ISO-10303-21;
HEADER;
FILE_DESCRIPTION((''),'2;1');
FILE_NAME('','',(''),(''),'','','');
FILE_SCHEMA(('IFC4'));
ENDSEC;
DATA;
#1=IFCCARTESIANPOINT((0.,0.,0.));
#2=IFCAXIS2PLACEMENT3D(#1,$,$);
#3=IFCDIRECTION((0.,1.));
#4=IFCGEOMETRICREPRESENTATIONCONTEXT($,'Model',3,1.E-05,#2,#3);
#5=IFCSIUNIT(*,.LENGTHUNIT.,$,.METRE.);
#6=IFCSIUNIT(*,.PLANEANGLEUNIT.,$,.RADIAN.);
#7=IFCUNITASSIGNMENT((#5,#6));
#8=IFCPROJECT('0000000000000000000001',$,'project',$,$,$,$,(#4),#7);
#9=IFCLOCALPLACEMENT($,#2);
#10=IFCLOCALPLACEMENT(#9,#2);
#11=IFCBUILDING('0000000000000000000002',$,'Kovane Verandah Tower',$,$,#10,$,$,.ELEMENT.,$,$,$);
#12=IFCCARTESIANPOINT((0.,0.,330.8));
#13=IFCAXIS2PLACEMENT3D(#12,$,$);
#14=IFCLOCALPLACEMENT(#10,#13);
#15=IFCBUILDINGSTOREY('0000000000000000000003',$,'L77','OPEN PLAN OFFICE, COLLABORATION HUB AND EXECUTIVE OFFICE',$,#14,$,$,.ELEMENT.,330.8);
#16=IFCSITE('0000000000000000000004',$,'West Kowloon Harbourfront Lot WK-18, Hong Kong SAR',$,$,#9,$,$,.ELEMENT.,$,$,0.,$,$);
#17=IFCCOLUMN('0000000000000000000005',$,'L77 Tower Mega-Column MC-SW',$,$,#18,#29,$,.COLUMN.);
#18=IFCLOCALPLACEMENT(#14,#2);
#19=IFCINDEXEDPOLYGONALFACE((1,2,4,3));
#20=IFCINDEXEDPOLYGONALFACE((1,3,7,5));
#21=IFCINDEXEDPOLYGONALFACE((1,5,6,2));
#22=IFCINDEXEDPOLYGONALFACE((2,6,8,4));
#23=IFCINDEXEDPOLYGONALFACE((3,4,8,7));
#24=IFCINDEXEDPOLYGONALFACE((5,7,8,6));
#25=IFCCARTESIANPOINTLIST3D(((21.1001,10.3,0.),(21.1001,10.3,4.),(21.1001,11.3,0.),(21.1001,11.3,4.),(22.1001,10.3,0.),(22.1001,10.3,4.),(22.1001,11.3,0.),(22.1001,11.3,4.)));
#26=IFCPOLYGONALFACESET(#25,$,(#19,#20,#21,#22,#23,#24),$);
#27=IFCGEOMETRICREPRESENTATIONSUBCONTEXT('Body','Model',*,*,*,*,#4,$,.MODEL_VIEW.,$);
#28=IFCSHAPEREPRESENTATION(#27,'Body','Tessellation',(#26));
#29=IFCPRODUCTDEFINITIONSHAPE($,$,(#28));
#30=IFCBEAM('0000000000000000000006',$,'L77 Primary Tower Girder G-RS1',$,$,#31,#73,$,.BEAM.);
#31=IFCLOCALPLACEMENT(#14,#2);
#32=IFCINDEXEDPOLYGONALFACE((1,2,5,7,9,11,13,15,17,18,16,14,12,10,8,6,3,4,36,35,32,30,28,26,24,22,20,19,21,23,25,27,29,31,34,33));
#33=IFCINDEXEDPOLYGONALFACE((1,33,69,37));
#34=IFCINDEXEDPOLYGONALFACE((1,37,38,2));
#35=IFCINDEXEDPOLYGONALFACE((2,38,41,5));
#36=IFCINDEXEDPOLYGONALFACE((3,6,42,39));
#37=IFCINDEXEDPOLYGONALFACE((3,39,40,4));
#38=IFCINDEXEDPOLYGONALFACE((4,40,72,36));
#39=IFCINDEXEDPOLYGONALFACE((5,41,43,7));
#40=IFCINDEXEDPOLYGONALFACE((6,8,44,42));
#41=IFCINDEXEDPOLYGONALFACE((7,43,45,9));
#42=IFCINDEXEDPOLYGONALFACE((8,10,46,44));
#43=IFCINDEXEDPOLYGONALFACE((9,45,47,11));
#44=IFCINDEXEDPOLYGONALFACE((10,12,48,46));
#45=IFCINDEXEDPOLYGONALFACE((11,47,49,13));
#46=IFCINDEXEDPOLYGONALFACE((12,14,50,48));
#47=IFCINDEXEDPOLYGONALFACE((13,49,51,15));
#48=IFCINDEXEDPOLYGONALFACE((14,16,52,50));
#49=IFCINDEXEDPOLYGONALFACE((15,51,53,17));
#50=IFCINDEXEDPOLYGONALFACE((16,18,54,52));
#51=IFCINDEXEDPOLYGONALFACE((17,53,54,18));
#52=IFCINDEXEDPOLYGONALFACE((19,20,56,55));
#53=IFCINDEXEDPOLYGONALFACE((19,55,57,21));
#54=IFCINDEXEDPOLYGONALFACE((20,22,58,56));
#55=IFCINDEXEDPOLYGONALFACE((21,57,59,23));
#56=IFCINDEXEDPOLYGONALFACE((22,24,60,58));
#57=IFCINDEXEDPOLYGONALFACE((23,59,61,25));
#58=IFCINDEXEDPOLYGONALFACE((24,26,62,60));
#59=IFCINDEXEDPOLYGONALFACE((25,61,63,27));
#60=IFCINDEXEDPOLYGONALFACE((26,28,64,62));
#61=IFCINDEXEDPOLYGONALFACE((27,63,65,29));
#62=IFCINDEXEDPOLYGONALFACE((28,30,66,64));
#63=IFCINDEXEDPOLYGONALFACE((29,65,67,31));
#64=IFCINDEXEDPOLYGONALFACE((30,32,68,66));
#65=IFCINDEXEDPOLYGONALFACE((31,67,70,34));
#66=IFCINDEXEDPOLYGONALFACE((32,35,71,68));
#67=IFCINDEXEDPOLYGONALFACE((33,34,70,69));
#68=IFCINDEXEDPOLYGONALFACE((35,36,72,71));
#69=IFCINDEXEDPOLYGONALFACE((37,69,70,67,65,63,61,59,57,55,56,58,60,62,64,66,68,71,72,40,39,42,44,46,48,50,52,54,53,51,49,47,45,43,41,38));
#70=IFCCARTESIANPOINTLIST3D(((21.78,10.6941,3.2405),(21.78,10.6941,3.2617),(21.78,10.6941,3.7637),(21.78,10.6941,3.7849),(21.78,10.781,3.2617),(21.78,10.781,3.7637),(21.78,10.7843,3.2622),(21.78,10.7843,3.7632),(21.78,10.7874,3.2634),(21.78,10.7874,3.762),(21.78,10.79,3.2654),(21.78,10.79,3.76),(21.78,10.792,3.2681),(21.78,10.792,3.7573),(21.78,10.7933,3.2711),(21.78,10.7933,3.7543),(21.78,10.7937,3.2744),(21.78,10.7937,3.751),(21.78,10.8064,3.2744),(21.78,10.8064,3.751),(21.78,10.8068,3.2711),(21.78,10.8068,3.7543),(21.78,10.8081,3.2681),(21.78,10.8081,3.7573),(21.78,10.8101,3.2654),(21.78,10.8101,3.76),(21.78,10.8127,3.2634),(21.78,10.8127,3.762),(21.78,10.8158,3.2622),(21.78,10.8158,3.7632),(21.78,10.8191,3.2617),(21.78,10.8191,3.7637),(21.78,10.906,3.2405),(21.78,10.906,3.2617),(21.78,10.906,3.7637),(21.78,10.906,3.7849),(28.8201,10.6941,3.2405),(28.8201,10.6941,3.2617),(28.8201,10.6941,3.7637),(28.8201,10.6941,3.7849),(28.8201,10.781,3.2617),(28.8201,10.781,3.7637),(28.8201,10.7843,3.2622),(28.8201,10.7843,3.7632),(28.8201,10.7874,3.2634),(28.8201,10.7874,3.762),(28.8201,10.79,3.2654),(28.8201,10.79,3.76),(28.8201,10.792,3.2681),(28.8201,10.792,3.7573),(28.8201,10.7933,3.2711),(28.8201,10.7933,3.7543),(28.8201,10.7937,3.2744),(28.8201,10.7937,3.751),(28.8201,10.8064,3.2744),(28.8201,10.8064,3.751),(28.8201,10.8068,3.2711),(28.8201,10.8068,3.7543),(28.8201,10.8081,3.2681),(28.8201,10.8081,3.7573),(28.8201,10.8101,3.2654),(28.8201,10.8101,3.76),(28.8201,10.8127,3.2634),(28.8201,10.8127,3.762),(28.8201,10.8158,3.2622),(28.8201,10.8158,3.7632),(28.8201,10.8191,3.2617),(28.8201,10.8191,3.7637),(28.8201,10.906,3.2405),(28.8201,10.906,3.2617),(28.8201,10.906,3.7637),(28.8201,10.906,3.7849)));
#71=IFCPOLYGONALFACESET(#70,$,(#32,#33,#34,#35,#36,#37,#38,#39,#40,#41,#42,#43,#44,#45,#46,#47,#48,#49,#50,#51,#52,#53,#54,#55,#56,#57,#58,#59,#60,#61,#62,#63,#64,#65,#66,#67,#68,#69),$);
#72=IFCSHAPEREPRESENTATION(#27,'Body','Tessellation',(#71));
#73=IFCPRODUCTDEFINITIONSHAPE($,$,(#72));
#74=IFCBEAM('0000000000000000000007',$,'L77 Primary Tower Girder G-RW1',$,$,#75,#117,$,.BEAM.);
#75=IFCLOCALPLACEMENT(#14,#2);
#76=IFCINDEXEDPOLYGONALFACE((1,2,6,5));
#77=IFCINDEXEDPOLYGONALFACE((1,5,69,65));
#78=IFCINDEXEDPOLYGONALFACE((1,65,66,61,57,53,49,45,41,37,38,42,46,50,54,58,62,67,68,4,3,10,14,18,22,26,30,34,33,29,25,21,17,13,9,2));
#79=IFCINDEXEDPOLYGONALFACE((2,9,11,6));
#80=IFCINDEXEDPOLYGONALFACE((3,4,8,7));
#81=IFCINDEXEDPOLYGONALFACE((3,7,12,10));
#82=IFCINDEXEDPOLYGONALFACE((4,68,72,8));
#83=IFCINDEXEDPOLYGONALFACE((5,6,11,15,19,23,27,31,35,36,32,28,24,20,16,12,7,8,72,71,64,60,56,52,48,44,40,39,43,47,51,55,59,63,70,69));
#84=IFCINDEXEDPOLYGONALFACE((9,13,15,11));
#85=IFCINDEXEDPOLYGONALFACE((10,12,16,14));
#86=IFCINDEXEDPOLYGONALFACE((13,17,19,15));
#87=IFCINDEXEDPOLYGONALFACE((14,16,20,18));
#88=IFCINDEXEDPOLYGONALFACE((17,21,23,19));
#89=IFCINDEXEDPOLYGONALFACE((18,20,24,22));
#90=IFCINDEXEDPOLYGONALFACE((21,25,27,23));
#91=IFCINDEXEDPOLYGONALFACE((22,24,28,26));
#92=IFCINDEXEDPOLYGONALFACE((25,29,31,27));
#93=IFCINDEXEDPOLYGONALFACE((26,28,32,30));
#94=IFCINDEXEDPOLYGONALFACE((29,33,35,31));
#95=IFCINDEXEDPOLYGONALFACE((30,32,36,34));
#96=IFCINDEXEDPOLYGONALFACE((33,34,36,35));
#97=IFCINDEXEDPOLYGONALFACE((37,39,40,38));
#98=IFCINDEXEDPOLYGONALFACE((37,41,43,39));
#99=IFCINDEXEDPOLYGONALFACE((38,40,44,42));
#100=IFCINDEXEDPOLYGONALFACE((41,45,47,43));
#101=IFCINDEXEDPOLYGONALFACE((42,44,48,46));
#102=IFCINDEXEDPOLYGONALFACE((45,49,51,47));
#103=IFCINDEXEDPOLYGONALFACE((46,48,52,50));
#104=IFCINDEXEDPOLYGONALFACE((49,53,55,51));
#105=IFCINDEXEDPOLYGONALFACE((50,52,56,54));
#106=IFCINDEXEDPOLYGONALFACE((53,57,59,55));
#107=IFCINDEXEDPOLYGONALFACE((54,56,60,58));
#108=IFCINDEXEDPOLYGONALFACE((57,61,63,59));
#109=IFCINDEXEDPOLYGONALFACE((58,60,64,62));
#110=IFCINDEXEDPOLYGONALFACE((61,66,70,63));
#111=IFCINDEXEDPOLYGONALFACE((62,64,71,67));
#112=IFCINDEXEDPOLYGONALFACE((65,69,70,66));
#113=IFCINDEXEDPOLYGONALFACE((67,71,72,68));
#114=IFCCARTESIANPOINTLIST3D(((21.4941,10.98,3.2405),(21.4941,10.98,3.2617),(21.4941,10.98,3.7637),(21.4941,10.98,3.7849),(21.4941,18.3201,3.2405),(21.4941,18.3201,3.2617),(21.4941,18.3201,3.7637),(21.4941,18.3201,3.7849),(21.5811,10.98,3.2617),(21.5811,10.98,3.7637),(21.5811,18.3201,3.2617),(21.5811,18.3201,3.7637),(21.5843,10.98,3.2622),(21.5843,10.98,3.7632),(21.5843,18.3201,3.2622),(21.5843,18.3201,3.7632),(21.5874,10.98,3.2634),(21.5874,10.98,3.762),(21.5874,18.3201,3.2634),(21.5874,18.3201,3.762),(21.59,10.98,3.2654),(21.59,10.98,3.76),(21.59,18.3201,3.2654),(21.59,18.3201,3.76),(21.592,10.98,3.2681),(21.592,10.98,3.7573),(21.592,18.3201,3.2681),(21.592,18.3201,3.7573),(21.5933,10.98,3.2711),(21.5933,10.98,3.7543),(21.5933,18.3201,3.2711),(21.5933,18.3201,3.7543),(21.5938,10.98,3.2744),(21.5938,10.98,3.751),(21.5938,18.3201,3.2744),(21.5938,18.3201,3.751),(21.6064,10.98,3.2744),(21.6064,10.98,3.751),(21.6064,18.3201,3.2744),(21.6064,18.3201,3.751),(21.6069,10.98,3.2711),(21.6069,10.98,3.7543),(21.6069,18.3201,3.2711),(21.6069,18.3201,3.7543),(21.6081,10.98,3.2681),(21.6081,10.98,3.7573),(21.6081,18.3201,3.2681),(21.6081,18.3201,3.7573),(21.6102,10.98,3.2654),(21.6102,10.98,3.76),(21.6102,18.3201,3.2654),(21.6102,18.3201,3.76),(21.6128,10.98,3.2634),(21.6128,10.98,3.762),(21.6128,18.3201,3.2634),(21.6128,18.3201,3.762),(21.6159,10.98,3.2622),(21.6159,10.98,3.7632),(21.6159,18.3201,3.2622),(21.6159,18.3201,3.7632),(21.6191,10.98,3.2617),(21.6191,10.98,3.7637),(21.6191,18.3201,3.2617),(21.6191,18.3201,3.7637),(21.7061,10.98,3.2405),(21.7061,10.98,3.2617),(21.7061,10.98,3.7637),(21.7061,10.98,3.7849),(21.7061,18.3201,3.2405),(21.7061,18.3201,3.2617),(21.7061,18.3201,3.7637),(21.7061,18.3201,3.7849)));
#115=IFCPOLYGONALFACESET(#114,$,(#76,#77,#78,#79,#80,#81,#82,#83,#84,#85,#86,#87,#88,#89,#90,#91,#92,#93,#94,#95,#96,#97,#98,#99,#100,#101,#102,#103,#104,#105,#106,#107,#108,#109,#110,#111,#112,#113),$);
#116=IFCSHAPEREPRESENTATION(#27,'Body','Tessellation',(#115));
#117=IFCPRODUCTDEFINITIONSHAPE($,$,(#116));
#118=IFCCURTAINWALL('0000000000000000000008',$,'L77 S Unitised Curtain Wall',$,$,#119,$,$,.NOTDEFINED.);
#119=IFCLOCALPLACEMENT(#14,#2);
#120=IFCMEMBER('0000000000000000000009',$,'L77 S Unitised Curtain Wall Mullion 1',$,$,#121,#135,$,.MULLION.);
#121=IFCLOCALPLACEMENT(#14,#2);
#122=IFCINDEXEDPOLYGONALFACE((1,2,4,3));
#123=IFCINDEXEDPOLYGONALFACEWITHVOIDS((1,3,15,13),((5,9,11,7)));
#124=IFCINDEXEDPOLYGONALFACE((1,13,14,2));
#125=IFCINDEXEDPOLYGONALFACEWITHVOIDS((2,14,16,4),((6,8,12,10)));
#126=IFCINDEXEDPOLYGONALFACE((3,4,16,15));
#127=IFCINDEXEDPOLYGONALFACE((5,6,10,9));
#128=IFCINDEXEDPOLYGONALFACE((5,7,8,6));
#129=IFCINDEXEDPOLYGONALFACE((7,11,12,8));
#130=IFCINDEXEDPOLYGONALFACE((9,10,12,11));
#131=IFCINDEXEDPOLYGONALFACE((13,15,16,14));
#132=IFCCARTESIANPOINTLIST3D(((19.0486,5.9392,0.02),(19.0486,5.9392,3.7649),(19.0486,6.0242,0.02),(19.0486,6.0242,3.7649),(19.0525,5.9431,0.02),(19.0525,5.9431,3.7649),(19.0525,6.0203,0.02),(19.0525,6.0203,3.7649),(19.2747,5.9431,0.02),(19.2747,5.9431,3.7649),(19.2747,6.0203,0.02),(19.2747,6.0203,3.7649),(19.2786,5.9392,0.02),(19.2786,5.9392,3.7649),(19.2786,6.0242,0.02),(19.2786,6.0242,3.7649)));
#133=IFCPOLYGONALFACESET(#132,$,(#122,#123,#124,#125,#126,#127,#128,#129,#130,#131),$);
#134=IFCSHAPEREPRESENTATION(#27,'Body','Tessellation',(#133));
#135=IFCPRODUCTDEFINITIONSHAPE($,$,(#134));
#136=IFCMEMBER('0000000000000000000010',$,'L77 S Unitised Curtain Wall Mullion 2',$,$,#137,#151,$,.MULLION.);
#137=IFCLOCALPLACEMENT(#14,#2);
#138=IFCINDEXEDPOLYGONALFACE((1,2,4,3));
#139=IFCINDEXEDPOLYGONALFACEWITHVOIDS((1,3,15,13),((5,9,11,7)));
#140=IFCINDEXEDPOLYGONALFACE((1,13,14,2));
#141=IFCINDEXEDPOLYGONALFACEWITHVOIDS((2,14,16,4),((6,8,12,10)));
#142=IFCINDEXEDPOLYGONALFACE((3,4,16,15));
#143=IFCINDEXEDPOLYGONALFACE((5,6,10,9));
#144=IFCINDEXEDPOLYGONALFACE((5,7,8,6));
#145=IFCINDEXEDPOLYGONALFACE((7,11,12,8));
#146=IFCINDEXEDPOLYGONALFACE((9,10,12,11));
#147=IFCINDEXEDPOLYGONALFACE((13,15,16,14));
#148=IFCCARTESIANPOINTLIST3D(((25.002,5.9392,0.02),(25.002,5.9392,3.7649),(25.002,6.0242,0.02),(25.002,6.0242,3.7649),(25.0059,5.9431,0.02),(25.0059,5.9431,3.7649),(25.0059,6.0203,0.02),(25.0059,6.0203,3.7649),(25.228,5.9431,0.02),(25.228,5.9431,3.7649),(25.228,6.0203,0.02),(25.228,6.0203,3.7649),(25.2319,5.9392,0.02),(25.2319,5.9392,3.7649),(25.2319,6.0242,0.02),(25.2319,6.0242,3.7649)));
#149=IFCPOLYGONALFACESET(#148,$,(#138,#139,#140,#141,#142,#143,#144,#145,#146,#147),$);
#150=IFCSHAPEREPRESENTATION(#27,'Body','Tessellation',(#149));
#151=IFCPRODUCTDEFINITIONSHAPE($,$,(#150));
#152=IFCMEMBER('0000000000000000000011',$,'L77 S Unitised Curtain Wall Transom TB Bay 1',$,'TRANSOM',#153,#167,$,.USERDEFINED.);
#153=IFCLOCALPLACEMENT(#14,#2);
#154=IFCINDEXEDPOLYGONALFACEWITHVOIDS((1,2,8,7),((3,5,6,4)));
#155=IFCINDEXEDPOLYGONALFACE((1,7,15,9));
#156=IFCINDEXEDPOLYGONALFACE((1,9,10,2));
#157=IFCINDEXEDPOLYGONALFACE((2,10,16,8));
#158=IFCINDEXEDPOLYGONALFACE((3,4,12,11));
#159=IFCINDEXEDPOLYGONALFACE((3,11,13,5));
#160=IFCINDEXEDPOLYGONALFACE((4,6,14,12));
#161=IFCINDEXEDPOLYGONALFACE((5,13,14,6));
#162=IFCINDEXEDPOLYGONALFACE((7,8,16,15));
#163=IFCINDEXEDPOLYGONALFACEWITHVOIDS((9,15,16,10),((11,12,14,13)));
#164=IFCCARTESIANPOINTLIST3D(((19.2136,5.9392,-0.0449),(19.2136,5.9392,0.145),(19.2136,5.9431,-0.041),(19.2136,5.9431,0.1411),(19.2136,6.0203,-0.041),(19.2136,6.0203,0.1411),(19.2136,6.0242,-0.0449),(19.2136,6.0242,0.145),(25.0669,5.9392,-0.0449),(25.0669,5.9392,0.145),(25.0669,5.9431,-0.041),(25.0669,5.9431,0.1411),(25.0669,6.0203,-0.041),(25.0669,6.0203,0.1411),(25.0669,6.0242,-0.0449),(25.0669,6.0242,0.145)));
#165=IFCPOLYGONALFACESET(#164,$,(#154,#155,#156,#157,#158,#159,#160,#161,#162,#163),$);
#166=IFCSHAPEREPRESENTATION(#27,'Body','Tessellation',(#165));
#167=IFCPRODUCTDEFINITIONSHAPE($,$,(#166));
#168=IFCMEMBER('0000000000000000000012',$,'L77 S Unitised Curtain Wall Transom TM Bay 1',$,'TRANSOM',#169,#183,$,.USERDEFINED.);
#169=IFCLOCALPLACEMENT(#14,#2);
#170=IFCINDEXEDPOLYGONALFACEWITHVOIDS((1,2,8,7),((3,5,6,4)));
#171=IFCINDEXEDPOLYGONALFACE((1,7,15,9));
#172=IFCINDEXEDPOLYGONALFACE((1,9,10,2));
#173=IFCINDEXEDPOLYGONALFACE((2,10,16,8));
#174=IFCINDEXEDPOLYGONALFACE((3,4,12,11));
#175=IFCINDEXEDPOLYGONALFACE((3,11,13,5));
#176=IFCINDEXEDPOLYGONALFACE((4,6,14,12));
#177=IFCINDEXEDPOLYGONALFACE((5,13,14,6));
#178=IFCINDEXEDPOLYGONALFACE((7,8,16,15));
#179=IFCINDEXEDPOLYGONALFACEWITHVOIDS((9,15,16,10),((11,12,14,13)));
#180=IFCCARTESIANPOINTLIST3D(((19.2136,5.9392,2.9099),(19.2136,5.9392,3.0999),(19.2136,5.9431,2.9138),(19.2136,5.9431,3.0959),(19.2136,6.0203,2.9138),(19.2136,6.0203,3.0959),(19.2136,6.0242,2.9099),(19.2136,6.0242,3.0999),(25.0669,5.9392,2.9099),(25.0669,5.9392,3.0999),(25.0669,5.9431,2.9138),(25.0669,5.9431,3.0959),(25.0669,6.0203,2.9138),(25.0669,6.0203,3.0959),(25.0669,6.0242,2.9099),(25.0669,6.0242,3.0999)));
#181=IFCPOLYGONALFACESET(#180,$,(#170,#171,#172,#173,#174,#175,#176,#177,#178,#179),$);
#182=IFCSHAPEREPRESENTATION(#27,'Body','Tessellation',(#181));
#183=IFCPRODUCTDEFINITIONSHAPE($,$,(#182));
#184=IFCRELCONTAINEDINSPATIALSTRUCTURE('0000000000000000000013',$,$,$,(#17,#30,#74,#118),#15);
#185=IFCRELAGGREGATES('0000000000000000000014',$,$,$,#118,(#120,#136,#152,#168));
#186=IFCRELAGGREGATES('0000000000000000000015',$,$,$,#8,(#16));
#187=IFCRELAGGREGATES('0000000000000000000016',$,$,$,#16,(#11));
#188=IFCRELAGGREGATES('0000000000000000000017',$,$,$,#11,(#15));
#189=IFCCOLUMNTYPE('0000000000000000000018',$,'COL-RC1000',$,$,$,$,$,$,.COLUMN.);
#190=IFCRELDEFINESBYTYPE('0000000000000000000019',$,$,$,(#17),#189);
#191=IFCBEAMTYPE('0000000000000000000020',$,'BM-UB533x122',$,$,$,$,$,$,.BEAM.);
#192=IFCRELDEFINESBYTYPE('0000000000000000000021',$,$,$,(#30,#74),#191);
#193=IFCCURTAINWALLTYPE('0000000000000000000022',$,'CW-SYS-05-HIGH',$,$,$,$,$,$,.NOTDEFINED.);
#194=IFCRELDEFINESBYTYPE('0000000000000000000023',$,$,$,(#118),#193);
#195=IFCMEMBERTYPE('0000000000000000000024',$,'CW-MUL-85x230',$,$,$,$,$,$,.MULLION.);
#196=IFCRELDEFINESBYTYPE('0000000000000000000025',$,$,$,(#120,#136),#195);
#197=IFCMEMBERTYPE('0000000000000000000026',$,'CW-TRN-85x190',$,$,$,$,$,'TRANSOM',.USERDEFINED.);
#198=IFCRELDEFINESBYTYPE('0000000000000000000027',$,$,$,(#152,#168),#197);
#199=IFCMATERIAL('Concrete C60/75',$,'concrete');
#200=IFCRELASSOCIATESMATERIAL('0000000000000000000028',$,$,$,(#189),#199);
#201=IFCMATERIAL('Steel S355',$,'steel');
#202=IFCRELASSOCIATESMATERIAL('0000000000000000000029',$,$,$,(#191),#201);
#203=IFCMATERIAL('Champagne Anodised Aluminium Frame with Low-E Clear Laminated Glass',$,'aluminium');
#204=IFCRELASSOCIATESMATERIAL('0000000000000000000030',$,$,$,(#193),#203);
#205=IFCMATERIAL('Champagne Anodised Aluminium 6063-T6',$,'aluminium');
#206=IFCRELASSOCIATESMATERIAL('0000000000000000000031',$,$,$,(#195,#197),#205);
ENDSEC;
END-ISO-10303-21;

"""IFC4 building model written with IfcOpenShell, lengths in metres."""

from ifc_helpers import new_model, si_unit, direction, frame, origin, origin_2d, place, context, subcontext, project, spatial, rectangle, hollow_rectangle, i_section, extrude, material, material_profile, profile_set, type_object, element, aggregate, save


model = new_model("IFC4")

# Units and contexts
model_context = context("Model", 3, precision=1e-05, world=origin(), true_north=direction((0.0, 1.0)))
body_context = subcontext(model_context, "Body", "Model", "MODEL_VIEW")
ifc_project = project(units=[si_unit("LENGTHUNIT", "METRE"), si_unit("PLANEANGLEUNIT", "RADIAN")], contexts=[model_context])

# Site, building, storey
site_placement = place(None, origin())
site = spatial("IfcSite", under=ifc_project, at=site_placement, Name="West Kowloon Harbourfront Lot WK-18, Hong Kong SAR", CompositionType="ELEMENT", RefElevation=0.0)
building_placement = place(site_placement, origin())
building = spatial("IfcBuilding", under=site, at=building_placement, Name="Kovane Verandah Tower", CompositionType="ELEMENT")
storey_placement = place(building_placement, frame((0.0, 0.0, 330.8)))
storey = spatial("IfcBuildingStorey", under=building, at=storey_placement, Name="L77", Description="OPEN PLAN OFFICE, COLLABORATION HUB AND EXECUTIVE OFFICE", CompositionType="ELEMENT", Elevation=330.8)

# Column
ifc_material_1 = material(Name="Concrete C60/75", Category="concrete")
ifc_material_profile_1 = material_profile(ifc_material_1, rectangle(XDim=1.0, YDim=1.0, at=origin_2d()), Name="RC1000x1000")
ifc_profile_set_1 = profile_set([ifc_material_profile_1], Name="Concrete C60/75")
column_type = type_object("IfcColumnType", Name="COL-RC1000", PredefinedType="COLUMN", material=ifc_profile_set_1)
column_placement = place(storey_placement, frame((21.6001, 10.8, 0.0), z_axis=(0.0, 0.0, 1.0), x_axis=(1.0, 0.0, 0.0)))
element("IfcColumn", 1, at=column_placement, inside=storey, type_object=column_type, Name="L77 Tower Mega-Column MC-SW", PredefinedType="COLUMN", context=body_context, shape_type="SweptSolid", body=[
    extrude(rectangle(XDim=1.0, YDim=1.0, at=origin_2d()), origin(), (0.0, 0.0, 1.0), 4.0),
])

# Beams
ifc_material_2 = material(Name="Steel S355", Category="steel")
ifc_material_profile_2 = material_profile(ifc_material_2, i_section(OverallWidth=0.2119, OverallDepth=0.5444, WebThickness=0.0127, FlangeThickness=0.0212, FilletRadius=0.0127, at=origin_2d()), Name="UB533x210x122")
ifc_profile_set_2 = profile_set([ifc_material_profile_2], Name="Steel S355")
beam_type = type_object("IfcBeamType", Name="BM-UB533x122", PredefinedType="BEAM", material=ifc_profile_set_2)
beam_1_placement = place(storey_placement, frame((21.78, 10.8, 3.5127), z_axis=(1.0, 0.0, 0.0), x_axis=(0.0, 1.0, 0.0)))
element("IfcBeam", 2, at=beam_1_placement, inside=storey, type_object=beam_type, Name="L77 Primary Tower Girder G-RS1", PredefinedType="BEAM", context=body_context, shape_type="SweptSolid", body=[
    extrude(i_section(OverallWidth=0.2119, OverallDepth=0.5444, WebThickness=0.0127, FlangeThickness=0.0212, FilletRadius=0.0127, at=origin_2d()), origin(), (0.0, 0.0, 1.0), 7.04),
])
beam_2_placement = place(storey_placement, frame((21.6001, 10.98, 3.5127), z_axis=(0.0, 1.0, 0.0), x_axis=(-1.0, 0.0, 0.0)))
element("IfcBeam", 3, at=beam_2_placement, inside=storey, type_object=beam_type, Name="L77 Primary Tower Girder G-RW1", PredefinedType="BEAM", context=body_context, shape_type="SweptSolid", body=[
    extrude(i_section(OverallWidth=0.2119, OverallDepth=0.5444, WebThickness=0.0127, FlangeThickness=0.0212, FilletRadius=0.0127, at=origin_2d()), origin(), (0.0, 0.0, 1.0), 7.3401),
])

# Curtain wall, members
ifc_material_3 = material(Name="Champagne Anodised Aluminium Frame with Low-E Clear Laminated Glass", Category="aluminium")
curtain_wall_type = type_object("IfcCurtainWallType", Name="CW-SYS-05-HIGH", PredefinedType="NOTDEFINED", material=ifc_material_3)
curtain_wall_placement = place(storey_placement, origin())
curtain_wall = element("IfcCurtainWall", 4, at=curtain_wall_placement, inside=storey, type_object=curtain_wall_type, Name="L77 S Unitised Curtain Wall", PredefinedType="NOTDEFINED")
ifc_material_4 = material(Name="Champagne Anodised Aluminium 6063-T6", Category="aluminium")
ifc_material_profile_3 = material_profile(ifc_material_4, hollow_rectangle(XDim=0.085, YDim=0.23, WallThickness=0.0039, at=origin_2d()), Name="AL85x230x4")
ifc_profile_set_3 = profile_set([ifc_material_profile_3], Name="Champagne Anodised Aluminium 6063-T6")
member_type_1 = type_object("IfcMemberType", Name="CW-MUL-85x230", PredefinedType="MULLION", material=ifc_profile_set_3)
member_1_placement = place(storey_placement, frame((19.1636, 5.9817, 0.02), z_axis=(0.0, 0.0, 1.0), x_axis=(0.0, -1.0, 0.0)))
member_1 = element("IfcMember", 5, at=member_1_placement, type_object=member_type_1, Name="L77 S Unitised Curtain Wall Mullion 1", PredefinedType="MULLION", context=body_context, shape_type="SweptSolid", body=[
    extrude(hollow_rectangle(XDim=0.085, YDim=0.23, WallThickness=0.0039, at=origin_2d()), origin(), (0.0, 0.0, 1.0), 3.7449),
])
member_2_placement = place(storey_placement, frame((25.1169, 5.9817, 0.02), z_axis=(0.0, 0.0, 1.0), x_axis=(0.0, -1.0, 0.0)))
member_2 = element("IfcMember", 6, at=member_2_placement, type_object=member_type_1, Name="L77 S Unitised Curtain Wall Mullion 2", PredefinedType="MULLION", context=body_context, shape_type="SweptSolid", body=[
    extrude(hollow_rectangle(XDim=0.085, YDim=0.23, WallThickness=0.0039, at=origin_2d()), origin(), (0.0, 0.0, 1.0), 3.7449),
])
ifc_material_profile_4 = material_profile(ifc_material_4, hollow_rectangle(XDim=0.085, YDim=0.1899, WallThickness=0.0039, at=origin_2d()), Name="AL85x190x4")
ifc_profile_set_4 = profile_set([ifc_material_profile_4], Name="Champagne Anodised Aluminium 6063-T6")
member_type_2 = type_object("IfcMemberType", Name="CW-TRN-85x190", ElementType="TRANSOM", PredefinedType="USERDEFINED", material=ifc_profile_set_4)
member_3_placement = place(storey_placement, frame((19.2136, 5.9817, 0.05), z_axis=(1.0, 0.0, 0.0), x_axis=(0.0, 1.0, 0.0)))
member_3 = element("IfcMember", 7, at=member_3_placement, type_object=member_type_2, Name="L77 S Unitised Curtain Wall Transom TB Bay 1", ObjectType="TRANSOM", PredefinedType="USERDEFINED", context=body_context, shape_type="SweptSolid", body=[
    extrude(hollow_rectangle(XDim=0.085, YDim=0.1899, WallThickness=0.0039, at=origin_2d()), origin(), (0.0, 0.0, 1.0), 5.8533),
])
member_4_placement = place(storey_placement, frame((19.2136, 5.9817, 3.0049), z_axis=(1.0, 0.0, 0.0), x_axis=(0.0, 1.0, 0.0)))
member_4 = element("IfcMember", 8, at=member_4_placement, type_object=member_type_2, Name="L77 S Unitised Curtain Wall Transom TM Bay 1", ObjectType="TRANSOM", PredefinedType="USERDEFINED", context=body_context, shape_type="SweptSolid", body=[
    extrude(hollow_rectangle(XDim=0.085, YDim=0.1899, WallThickness=0.0039, at=origin_2d()), origin(), (0.0, 0.0, 1.0), 5.8533),
])
aggregate(curtain_wall, [member_1, member_2, member_3, member_4])

save(model, "model.ifc")
